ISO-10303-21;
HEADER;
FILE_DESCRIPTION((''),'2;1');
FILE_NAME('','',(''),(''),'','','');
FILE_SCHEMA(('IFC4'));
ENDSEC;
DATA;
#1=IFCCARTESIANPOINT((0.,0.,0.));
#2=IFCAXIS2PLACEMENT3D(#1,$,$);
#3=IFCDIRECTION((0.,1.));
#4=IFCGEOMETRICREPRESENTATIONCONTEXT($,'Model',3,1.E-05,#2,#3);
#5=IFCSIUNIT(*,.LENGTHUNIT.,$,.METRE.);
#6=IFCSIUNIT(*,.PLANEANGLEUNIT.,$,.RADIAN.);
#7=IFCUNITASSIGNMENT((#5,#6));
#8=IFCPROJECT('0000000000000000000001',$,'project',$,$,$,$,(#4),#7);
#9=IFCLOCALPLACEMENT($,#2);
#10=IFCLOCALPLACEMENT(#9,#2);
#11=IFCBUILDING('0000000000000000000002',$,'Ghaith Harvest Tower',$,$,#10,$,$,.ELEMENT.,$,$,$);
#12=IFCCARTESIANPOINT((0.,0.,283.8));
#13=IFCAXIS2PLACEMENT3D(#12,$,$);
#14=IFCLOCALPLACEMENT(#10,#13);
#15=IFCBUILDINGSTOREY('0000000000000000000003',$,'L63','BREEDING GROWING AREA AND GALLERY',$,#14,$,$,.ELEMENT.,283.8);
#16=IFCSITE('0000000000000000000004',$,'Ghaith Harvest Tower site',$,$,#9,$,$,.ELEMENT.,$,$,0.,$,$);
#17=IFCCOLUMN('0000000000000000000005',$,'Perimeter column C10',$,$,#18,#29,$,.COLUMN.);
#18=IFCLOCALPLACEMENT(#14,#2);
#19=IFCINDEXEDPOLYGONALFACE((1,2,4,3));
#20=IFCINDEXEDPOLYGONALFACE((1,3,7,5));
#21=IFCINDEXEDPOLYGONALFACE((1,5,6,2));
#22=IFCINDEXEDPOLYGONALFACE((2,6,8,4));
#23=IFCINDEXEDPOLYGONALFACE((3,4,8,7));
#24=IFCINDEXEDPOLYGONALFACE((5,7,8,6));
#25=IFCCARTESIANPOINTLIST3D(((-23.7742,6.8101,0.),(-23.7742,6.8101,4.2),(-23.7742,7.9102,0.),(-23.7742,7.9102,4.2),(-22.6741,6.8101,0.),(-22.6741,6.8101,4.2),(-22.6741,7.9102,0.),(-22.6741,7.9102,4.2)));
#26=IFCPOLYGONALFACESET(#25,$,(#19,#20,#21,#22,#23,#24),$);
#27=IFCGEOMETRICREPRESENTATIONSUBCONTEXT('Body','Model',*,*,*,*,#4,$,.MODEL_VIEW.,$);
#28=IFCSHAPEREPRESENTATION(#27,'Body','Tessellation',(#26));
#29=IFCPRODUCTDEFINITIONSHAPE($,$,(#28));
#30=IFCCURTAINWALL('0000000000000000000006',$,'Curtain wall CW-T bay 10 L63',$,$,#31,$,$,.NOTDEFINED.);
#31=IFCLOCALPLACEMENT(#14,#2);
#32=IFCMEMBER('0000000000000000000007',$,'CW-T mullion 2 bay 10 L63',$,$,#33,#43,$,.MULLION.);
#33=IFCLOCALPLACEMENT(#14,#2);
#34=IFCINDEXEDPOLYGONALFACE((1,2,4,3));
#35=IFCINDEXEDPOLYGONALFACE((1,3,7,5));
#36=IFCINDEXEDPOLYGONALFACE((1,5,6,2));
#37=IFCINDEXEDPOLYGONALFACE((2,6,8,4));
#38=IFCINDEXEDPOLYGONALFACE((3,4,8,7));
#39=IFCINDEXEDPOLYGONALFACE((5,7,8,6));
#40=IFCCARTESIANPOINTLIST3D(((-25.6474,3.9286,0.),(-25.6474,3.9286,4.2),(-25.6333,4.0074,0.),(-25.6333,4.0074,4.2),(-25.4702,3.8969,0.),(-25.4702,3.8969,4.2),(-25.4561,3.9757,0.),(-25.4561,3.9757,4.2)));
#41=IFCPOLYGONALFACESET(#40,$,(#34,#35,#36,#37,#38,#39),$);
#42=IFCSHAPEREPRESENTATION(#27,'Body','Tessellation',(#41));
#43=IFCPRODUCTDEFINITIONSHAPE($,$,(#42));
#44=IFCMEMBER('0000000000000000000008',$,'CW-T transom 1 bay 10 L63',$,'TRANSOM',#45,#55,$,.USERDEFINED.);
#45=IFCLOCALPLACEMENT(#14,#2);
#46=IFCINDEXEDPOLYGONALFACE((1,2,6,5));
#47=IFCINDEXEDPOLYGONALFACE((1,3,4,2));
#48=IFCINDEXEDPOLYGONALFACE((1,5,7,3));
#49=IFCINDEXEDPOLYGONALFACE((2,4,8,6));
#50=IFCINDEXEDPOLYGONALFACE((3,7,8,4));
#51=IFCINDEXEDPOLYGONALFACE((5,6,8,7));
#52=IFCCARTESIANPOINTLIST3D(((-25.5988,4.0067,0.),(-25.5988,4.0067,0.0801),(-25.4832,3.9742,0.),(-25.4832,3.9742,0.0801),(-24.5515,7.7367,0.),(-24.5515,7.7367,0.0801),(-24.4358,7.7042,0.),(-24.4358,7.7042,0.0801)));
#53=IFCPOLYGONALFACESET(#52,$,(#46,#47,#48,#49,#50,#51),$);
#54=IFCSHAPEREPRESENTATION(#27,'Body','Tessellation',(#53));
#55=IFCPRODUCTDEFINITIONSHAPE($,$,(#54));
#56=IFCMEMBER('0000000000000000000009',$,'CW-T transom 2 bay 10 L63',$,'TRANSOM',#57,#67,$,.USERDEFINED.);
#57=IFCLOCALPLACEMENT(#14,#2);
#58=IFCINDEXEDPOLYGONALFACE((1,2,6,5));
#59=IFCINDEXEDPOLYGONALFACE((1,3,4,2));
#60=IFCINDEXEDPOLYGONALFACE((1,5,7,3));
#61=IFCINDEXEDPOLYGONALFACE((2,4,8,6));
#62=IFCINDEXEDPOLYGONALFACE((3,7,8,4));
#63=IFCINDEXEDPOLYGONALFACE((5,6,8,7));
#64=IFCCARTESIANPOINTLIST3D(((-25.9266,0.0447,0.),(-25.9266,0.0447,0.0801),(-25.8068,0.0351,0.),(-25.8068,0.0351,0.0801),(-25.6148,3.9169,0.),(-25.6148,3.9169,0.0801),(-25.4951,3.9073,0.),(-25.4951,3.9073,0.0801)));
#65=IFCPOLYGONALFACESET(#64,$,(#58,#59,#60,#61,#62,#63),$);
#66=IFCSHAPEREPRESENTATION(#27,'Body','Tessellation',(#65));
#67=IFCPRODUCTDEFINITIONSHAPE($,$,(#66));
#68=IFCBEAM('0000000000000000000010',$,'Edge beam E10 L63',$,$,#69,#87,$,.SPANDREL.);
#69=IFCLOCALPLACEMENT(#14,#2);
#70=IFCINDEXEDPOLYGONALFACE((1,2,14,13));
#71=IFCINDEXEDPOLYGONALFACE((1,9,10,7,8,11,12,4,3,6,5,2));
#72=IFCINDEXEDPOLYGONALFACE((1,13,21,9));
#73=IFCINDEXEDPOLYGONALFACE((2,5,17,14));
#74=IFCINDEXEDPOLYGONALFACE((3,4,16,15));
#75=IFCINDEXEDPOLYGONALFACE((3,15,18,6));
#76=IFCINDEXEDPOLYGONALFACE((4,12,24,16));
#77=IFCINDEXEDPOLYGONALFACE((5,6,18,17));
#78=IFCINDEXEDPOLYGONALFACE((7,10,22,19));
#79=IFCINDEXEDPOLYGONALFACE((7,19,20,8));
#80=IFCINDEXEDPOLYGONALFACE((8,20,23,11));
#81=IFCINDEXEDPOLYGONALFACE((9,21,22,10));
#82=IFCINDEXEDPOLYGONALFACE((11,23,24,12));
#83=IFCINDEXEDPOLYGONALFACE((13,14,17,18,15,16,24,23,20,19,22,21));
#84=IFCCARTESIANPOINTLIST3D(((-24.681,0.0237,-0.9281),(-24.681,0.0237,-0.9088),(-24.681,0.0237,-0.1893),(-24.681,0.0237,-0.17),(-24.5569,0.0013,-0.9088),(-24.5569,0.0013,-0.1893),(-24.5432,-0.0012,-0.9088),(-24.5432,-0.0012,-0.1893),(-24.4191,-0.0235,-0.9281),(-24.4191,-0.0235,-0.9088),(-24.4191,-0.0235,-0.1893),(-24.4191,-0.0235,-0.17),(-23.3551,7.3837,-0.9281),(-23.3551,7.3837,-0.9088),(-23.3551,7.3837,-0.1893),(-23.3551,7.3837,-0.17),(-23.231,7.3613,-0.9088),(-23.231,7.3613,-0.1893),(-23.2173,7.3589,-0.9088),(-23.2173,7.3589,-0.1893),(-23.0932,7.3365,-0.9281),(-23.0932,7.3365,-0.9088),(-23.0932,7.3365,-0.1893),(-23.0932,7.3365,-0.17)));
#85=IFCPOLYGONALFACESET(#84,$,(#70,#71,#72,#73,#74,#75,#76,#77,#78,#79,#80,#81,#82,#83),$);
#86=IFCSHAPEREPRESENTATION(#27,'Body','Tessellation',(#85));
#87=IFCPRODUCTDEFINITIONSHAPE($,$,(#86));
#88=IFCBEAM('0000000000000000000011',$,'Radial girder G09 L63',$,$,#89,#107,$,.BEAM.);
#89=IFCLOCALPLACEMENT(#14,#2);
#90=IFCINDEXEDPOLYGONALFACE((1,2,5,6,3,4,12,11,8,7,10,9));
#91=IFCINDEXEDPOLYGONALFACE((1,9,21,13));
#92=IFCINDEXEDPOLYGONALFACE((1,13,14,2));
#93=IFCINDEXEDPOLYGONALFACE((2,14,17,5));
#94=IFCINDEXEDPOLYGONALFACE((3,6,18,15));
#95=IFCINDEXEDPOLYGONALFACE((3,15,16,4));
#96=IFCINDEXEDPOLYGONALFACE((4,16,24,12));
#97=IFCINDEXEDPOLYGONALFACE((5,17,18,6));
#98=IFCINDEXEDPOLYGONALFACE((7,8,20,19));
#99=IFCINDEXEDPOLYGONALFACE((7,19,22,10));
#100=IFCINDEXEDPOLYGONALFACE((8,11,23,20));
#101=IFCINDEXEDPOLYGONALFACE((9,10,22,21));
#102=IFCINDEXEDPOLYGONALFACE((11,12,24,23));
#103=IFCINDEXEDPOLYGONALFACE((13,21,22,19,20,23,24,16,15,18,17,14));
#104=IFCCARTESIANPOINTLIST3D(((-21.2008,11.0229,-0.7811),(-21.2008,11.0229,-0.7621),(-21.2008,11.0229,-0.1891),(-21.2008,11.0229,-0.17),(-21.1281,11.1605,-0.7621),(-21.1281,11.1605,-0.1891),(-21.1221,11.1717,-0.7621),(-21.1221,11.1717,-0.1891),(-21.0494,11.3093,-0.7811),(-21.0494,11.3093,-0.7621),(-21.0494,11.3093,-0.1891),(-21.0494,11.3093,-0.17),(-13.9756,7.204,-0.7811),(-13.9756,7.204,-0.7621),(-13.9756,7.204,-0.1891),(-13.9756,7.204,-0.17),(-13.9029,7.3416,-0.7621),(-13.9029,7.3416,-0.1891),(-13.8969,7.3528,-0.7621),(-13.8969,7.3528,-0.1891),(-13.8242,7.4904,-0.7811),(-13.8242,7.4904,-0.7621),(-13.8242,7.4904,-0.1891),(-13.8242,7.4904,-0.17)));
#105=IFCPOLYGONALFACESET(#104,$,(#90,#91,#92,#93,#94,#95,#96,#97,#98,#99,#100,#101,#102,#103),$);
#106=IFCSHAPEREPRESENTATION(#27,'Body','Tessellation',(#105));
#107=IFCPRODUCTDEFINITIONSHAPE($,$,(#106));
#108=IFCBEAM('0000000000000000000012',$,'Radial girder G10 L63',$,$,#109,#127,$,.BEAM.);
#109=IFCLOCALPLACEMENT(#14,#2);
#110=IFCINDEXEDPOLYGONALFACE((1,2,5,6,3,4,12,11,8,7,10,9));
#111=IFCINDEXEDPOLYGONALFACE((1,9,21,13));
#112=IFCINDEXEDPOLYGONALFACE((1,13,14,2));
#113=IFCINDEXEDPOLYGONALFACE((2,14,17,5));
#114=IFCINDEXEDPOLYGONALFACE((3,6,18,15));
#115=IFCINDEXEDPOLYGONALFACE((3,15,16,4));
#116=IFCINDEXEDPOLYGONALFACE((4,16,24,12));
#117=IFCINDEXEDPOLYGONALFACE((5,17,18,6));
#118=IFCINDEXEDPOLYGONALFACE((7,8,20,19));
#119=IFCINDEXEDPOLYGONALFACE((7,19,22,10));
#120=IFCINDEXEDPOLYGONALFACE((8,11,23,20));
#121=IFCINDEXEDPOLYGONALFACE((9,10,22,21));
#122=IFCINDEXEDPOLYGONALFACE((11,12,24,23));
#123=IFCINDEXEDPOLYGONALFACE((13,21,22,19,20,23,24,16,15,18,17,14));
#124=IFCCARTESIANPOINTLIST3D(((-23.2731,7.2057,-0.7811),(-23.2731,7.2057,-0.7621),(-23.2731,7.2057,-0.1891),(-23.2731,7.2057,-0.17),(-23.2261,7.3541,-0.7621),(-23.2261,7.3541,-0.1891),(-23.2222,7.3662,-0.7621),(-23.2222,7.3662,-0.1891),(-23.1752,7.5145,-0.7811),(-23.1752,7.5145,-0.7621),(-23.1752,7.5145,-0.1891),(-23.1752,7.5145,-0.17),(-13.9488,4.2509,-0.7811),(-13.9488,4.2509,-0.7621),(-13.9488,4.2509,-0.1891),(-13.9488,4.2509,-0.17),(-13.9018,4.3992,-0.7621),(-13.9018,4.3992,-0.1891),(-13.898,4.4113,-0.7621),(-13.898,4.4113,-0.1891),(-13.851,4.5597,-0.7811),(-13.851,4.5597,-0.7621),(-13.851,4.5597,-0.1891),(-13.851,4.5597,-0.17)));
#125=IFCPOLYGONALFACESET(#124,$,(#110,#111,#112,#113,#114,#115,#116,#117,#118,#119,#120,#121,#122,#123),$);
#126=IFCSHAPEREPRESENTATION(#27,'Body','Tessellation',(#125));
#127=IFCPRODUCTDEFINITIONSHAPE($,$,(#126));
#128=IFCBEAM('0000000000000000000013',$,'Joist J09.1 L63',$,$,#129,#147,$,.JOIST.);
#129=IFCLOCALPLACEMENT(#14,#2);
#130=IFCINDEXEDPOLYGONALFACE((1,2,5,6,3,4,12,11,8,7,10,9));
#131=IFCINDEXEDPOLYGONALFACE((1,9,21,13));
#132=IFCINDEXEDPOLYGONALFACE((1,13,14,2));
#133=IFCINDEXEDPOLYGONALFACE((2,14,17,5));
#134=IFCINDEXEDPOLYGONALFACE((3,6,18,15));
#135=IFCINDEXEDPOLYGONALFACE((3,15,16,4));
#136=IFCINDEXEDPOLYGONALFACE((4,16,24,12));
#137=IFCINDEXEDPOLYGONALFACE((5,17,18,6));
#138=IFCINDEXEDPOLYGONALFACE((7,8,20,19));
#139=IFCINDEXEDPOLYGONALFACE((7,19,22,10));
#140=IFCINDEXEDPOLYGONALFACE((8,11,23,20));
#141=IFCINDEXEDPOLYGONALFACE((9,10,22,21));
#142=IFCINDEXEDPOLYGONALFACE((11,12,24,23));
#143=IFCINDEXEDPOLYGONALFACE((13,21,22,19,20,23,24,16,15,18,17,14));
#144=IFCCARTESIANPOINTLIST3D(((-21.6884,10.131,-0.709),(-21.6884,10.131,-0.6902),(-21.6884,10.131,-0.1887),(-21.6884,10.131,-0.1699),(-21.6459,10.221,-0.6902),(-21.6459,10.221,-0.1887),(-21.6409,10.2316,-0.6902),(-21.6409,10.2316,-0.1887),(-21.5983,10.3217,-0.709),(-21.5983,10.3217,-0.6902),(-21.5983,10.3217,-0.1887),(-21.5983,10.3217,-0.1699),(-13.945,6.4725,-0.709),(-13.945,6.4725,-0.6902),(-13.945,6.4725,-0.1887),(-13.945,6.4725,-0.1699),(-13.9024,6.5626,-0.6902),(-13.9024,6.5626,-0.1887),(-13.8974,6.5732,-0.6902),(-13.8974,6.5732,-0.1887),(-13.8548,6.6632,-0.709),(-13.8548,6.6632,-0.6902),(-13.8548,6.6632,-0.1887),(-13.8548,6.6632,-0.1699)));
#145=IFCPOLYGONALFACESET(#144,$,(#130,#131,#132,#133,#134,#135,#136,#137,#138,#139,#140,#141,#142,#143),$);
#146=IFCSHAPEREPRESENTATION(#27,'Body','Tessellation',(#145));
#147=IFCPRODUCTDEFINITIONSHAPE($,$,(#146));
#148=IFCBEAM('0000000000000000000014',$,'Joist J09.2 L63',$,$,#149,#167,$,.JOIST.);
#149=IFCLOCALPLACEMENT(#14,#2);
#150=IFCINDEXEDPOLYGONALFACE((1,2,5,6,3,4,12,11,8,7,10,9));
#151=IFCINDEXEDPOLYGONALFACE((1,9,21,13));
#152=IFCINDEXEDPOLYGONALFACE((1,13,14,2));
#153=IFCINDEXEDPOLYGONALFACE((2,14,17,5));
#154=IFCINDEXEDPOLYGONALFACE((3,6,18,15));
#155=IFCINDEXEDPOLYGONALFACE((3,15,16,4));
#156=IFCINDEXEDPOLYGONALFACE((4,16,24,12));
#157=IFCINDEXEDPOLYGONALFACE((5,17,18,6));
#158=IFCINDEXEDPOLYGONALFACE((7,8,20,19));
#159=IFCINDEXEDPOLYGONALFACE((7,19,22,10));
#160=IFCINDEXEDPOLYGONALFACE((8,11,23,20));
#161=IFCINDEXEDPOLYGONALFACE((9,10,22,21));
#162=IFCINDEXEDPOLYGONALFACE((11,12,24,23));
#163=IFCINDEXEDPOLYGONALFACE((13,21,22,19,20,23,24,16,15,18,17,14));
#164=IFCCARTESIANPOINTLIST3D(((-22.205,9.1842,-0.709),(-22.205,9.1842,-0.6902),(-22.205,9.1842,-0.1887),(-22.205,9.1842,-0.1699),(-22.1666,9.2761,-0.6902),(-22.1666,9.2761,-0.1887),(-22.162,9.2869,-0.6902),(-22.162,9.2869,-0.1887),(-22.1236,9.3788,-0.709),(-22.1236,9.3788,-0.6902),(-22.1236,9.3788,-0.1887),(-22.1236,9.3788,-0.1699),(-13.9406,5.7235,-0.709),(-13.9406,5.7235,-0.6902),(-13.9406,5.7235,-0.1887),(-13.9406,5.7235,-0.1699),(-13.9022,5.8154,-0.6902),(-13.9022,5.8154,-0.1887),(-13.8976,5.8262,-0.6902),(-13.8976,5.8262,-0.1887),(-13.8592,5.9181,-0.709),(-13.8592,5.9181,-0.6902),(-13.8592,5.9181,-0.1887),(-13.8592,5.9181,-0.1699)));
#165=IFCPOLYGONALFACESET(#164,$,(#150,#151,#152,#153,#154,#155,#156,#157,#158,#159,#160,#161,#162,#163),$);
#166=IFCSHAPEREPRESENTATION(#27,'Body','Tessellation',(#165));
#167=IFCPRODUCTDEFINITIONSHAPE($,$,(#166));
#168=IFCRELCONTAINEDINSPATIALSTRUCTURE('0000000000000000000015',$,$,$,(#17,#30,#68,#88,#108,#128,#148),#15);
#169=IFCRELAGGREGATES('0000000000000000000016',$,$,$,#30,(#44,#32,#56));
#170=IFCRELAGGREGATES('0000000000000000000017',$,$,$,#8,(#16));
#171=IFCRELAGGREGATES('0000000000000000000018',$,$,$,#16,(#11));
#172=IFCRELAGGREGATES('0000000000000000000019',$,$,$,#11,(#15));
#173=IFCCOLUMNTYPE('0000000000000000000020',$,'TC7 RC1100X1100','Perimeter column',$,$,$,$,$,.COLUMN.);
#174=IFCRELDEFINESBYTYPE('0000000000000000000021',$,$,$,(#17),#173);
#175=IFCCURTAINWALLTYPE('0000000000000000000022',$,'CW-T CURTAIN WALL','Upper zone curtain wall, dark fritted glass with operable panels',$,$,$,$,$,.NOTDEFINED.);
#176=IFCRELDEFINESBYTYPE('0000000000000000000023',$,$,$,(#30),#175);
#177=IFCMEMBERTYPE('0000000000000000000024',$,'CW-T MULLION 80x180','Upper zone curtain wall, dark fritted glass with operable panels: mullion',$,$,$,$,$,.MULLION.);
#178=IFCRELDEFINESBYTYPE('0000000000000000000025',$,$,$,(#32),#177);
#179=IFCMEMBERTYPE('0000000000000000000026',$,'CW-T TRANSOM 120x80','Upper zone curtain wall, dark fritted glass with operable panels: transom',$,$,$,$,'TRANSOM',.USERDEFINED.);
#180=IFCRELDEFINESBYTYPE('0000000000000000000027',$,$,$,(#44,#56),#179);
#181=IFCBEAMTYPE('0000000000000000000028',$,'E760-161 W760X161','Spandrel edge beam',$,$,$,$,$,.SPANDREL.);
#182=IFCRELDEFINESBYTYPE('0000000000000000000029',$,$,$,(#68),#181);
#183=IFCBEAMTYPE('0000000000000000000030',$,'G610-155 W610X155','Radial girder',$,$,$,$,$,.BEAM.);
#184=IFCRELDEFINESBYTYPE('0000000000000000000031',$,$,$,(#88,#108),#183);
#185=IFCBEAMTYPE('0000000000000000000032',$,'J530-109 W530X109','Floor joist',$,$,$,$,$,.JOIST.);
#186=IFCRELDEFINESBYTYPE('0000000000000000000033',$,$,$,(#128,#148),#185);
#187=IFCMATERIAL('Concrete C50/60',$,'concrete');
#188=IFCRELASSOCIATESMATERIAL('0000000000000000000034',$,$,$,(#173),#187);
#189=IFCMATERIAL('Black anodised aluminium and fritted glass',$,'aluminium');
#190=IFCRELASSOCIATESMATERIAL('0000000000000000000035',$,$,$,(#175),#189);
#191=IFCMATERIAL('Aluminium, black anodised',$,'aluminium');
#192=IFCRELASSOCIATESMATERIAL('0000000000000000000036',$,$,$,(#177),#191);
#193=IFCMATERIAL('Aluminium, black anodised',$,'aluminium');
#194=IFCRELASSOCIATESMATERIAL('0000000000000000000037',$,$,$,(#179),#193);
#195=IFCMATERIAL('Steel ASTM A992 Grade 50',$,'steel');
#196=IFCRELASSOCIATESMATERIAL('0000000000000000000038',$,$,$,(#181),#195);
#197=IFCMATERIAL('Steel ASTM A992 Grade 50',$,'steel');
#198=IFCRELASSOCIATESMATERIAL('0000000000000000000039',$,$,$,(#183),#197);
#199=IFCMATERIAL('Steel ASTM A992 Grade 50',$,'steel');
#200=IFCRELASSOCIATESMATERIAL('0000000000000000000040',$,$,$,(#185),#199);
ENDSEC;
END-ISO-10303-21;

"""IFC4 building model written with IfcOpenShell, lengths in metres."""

from ifc_helpers import new_model, si_unit, direction, frame, origin, origin_2d, place, context, subcontext, project, spatial, rectangle, i_section, extrude, material, material_profile, profile_set, type_object, element, aggregate, save


model = new_model("IFC4")

# Units and contexts
model_context = context("Model", 3, precision=1e-05, world=origin(), true_north=direction((0.0, 1.0)))
body_context = subcontext(model_context, "Body", "Model", "MODEL_VIEW")
ifc_project = project(units=[si_unit("LENGTHUNIT", "METRE"), si_unit("PLANEANGLEUNIT", "RADIAN")], contexts=[model_context])

# Site, building, storey
site_placement = place(None, origin())
site = spatial("IfcSite", under=ifc_project, at=site_placement, Name="Ghaith Harvest Tower site", CompositionType="ELEMENT", RefElevation=0.0)
building_placement = place(site_placement, origin())
building = spatial("IfcBuilding", under=site, at=building_placement, Name="Ghaith Harvest Tower", CompositionType="ELEMENT")
storey_placement = place(building_placement, frame((0.0, 0.0, 283.8)))
storey = spatial("IfcBuildingStorey", under=building, at=storey_placement, Name="L63", Description="BREEDING GROWING AREA AND GALLERY", CompositionType="ELEMENT", Elevation=283.8)

# Column
ifc_material_1 = material(Name="Concrete C50/60", Category="concrete")
ifc_material_profile_1 = material_profile(ifc_material_1, rectangle(XDim=1.1001, YDim=1.1001, at=origin_2d()), Name="RC1100X1100")
ifc_profile_set_1 = profile_set([ifc_material_profile_1], Name="Concrete C50/60")
column_type = type_object("IfcColumnType", Name="TC7 RC1100X1100", Description="Perimeter column", PredefinedType="COLUMN", material=ifc_profile_set_1)
column_placement = place(storey_placement, frame((-23.2241, 7.3601, 0.0), z_axis=(0.0, 0.0, 1.0), x_axis=(1.0, 0.0, 0.0)))
element("IfcColumn", 1, at=column_placement, inside=storey, type_object=column_type, Name="Perimeter column C10", PredefinedType="COLUMN", context=body_context, shape_type="SweptSolid", body=[
    extrude(rectangle(XDim=1.1001, YDim=1.1001, at=origin_2d()), origin(), (0.0, 0.0, 1.0), 4.2),
])

# Curtain wall, members
ifc_material_2 = material(Name="Black anodised aluminium and fritted glass", Category="aluminium")
curtain_wall_type = type_object("IfcCurtainWallType", Name="CW-T CURTAIN WALL", Description="Upper zone curtain wall, dark fritted glass with operable panels", PredefinedType="NOTDEFINED", material=ifc_material_2)
curtain_wall_placement = place(storey_placement, origin())
curtain_wall = element("IfcCurtainWall", 2, at=curtain_wall_placement, inside=storey, type_object=curtain_wall_type, Name="Curtain wall CW-T bay 10 L63", PredefinedType="NOTDEFINED")
ifc_material_3 = material(Name="Aluminium, black anodised", Category="aluminium")
ifc_material_profile_2 = material_profile(ifc_material_3, rectangle(XDim=0.0801, YDim=0.1799, at=origin_2d()), Name="CW-T MULLION 80x180")
ifc_profile_set_2 = profile_set([ifc_material_profile_2], Name="Aluminium, black anodised")
member_type_1 = type_object("IfcMemberType", Name="CW-T MULLION 80x180", Description="Upper zone curtain wall, dark fritted glass with operable panels: mullion", PredefinedType="MULLION", material=ifc_profile_set_2)
member_1_placement = place(storey_placement, frame((-25.5518, 3.9521, 0.0), z_axis=(0.0, 0.0, 1.0), x_axis=(-0.176001, -0.98439, 0.0)))
member_1 = element("IfcMember", 3, at=member_1_placement, type_object=member_type_1, Name="CW-T mullion 2 bay 10 L63", PredefinedType="MULLION", context=body_context, shape_type="SweptSolid", body=[
    extrude(rectangle(XDim=0.0801, YDim=0.1799, at=origin_2d()), origin(), (0.0, 0.0, 1.0), 4.2),
])
ifc_material_4 = material(Name="Aluminium, black anodised", Category="aluminium")
ifc_material_profile_3 = material_profile(ifc_material_4, rectangle(XDim=0.1201, YDim=0.0801, at=origin_2d()), Name="CW-T TRANSOM 120x80")
ifc_profile_set_3 = profile_set([ifc_material_profile_3], Name="Aluminium, black anodised")
member_type_2 = type_object("IfcMemberType", Name="CW-T TRANSOM 120x80", Description="Upper zone curtain wall, dark fritted glass with operable panels: transom", ElementType="TRANSOM", PredefinedType="USERDEFINED", material=ifc_profile_set_3)
member_2_placement = place(storey_placement, frame((-24.4937, 7.7205, 0.04), z_axis=(-0.27034, -0.962765, 0.0), x_axis=(0.962765, -0.27034, 0.0)))
member_2 = element("IfcMember", 4, at=member_2_placement, type_object=member_type_2, Name="CW-T transom 1 bay 10 L63", ObjectType="TRANSOM", PredefinedType="USERDEFINED", context=body_context, shape_type="SweptSolid", body=[
    extrude(rectangle(XDim=0.1201, YDim=0.0801, at=origin_2d()), origin(), (0.0, 0.0, 1.0), 3.8743),
])
member_3_placement = place(storey_placement, frame((-25.5549, 3.9121, 0.04), z_axis=(-0.080252, -0.996775, 0.0), x_axis=(0.996775, -0.080252, 0.0)))
member_3 = element("IfcMember", 5, at=member_3_placement, type_object=member_type_2, Name="CW-T transom 2 bay 10 L63", ObjectType="TRANSOM", PredefinedType="USERDEFINED", context=body_context, shape_type="SweptSolid", body=[
    extrude(rectangle(XDim=0.1201, YDim=0.0801, at=origin_2d()), origin(), (0.0, 0.0, 1.0), 3.8848),
])

# Beams
ifc_material_5 = material(Name="Steel ASTM A992 Grade 50", Category="steel")
ifc_material_profile_4 = material_profile(ifc_material_5, i_section(OverallWidth=0.2661, OverallDepth=0.7581, WebThickness=0.0139, FlangeThickness=0.0193, at=origin_2d()), Name="W760X161")
ifc_profile_set_4 = profile_set([ifc_material_profile_4], Name="Steel ASTM A992 Grade 50")
beam_type_1 = type_object("IfcBeamType", Name="E760-161 W760X161", Description="Spandrel edge beam", PredefinedType="SPANDREL", material=ifc_profile_set_4)
beam_1_placement = place(storey_placement, frame((-23.2241, 7.3601, -0.5491), z_axis=(-0.177297, -0.984157, 0.0), x_axis=(0.984157, -0.177297, 0.0)))
element("IfcBeam", 6, at=beam_1_placement, inside=storey, type_object=beam_type_1, Name="Edge beam E10 L63", PredefinedType="SPANDREL", context=body_context, shape_type="SweptSolid", body=[
    extrude(i_section(OverallWidth=0.2661, OverallDepth=0.7581, WebThickness=0.0139, FlangeThickness=0.0193, at=origin_2d()), origin(), (0.0, 0.0, 1.0), 7.4785),
])
ifc_material_6 = material(Name="Steel ASTM A992 Grade 50", Category="steel")
ifc_material_profile_5 = material_profile(ifc_material_6, i_section(OverallWidth=0.324, OverallDepth=0.6111, WebThickness=0.0127, FlangeThickness=0.019, at=origin_2d()), Name="W610X155")
ifc_profile_set_5 = profile_set([ifc_material_profile_5], Name="Steel ASTM A992 Grade 50")
beam_type_2 = type_object("IfcBeamType", Name="G610-155 W610X155", Description="Radial girder", PredefinedType="BEAM", material=ifc_profile_set_5)
beam_2_placement = place(storey_placement, frame((-13.8999, 7.3472, -0.4756), z_axis=(-0.884102, 0.467295, 0.0), x_axis=(-0.467295, -0.884102, 0.0)))
element("IfcBeam", 7, at=beam_2_placement, inside=storey, type_object=beam_type_2, Name="Radial girder G09 L63", PredefinedType="BEAM", context=body_context, shape_type="SweptSolid", body=[
    extrude(i_section(OverallWidth=0.324, OverallDepth=0.6111, WebThickness=0.0127, FlangeThickness=0.019, at=origin_2d()), origin(), (0.0, 0.0, 1.0), 8.1724),
])
beam_3_placement = place(storey_placement, frame((-13.8999, 4.4053, -0.4756), z_axis=(-0.953279, 0.302093, 0.0), x_axis=(-0.302093, -0.953279, 0.0)))
element("IfcBeam", 8, at=beam_3_placement, inside=storey, type_object=beam_type_2, Name="Radial girder G10 L63", PredefinedType="BEAM", context=body_context, shape_type="SweptSolid", body=[
    extrude(i_section(OverallWidth=0.324, OverallDepth=0.6111, WebThickness=0.0127, FlangeThickness=0.019, at=origin_2d()), origin(), (0.0, 0.0, 1.0), 9.7812),
])
ifc_material_7 = material(Name="Steel ASTM A992 Grade 50", Category="steel")
ifc_material_profile_6 = material_profile(ifc_material_7, i_section(OverallWidth=0.2109, OverallDepth=0.5391, WebThickness=0.0117, FlangeThickness=0.0188, at=origin_2d()), Name="W530X109")
ifc_profile_set_6 = profile_set([ifc_material_profile_6], Name="Steel ASTM A992 Grade 50")
beam_type_3 = type_object("IfcBeamType", Name="J530-109 W530X109", Description="Floor joist", PredefinedType="JOIST", material=ifc_profile_set_6)
beam_4_placement = place(storey_placement, frame((-13.8999, 6.5679, -0.4395), z_axis=(-0.904166, 0.427182, 0.0), x_axis=(-0.427182, -0.904166, 0.0)))
element("IfcBeam", 9, at=beam_4_placement, inside=storey, type_object=beam_type_3, Name="Joist J09.1 L63", PredefinedType="JOIST", context=body_context, shape_type="SweptSolid", body=[
    extrude(i_section(OverallWidth=0.2109, OverallDepth=0.5391, WebThickness=0.0117, FlangeThickness=0.0188, at=origin_2d()), origin(), (0.0, 0.0, 1.0), 8.5642),
])
beam_5_placement = place(storey_placement, frame((-13.8999, 5.8208, -0.4395), z_axis=(-0.922394, 0.38625, 0.0), x_axis=(-0.38625, -0.922394, 0.0)))
element("IfcBeam", 10, at=beam_5_placement, inside=storey, type_object=beam_type_3, Name="Joist J09.2 L63", PredefinedType="JOIST", context=body_context, shape_type="SweptSolid", body=[
    extrude(i_section(OverallWidth=0.2109, OverallDepth=0.5391, WebThickness=0.0117, FlangeThickness=0.0188, at=origin_2d()), origin(), (0.0, 0.0, 1.0), 8.9597),
])

aggregate(curtain_wall, [member_2, member_1, member_3])

save(model, "model.ifc")
